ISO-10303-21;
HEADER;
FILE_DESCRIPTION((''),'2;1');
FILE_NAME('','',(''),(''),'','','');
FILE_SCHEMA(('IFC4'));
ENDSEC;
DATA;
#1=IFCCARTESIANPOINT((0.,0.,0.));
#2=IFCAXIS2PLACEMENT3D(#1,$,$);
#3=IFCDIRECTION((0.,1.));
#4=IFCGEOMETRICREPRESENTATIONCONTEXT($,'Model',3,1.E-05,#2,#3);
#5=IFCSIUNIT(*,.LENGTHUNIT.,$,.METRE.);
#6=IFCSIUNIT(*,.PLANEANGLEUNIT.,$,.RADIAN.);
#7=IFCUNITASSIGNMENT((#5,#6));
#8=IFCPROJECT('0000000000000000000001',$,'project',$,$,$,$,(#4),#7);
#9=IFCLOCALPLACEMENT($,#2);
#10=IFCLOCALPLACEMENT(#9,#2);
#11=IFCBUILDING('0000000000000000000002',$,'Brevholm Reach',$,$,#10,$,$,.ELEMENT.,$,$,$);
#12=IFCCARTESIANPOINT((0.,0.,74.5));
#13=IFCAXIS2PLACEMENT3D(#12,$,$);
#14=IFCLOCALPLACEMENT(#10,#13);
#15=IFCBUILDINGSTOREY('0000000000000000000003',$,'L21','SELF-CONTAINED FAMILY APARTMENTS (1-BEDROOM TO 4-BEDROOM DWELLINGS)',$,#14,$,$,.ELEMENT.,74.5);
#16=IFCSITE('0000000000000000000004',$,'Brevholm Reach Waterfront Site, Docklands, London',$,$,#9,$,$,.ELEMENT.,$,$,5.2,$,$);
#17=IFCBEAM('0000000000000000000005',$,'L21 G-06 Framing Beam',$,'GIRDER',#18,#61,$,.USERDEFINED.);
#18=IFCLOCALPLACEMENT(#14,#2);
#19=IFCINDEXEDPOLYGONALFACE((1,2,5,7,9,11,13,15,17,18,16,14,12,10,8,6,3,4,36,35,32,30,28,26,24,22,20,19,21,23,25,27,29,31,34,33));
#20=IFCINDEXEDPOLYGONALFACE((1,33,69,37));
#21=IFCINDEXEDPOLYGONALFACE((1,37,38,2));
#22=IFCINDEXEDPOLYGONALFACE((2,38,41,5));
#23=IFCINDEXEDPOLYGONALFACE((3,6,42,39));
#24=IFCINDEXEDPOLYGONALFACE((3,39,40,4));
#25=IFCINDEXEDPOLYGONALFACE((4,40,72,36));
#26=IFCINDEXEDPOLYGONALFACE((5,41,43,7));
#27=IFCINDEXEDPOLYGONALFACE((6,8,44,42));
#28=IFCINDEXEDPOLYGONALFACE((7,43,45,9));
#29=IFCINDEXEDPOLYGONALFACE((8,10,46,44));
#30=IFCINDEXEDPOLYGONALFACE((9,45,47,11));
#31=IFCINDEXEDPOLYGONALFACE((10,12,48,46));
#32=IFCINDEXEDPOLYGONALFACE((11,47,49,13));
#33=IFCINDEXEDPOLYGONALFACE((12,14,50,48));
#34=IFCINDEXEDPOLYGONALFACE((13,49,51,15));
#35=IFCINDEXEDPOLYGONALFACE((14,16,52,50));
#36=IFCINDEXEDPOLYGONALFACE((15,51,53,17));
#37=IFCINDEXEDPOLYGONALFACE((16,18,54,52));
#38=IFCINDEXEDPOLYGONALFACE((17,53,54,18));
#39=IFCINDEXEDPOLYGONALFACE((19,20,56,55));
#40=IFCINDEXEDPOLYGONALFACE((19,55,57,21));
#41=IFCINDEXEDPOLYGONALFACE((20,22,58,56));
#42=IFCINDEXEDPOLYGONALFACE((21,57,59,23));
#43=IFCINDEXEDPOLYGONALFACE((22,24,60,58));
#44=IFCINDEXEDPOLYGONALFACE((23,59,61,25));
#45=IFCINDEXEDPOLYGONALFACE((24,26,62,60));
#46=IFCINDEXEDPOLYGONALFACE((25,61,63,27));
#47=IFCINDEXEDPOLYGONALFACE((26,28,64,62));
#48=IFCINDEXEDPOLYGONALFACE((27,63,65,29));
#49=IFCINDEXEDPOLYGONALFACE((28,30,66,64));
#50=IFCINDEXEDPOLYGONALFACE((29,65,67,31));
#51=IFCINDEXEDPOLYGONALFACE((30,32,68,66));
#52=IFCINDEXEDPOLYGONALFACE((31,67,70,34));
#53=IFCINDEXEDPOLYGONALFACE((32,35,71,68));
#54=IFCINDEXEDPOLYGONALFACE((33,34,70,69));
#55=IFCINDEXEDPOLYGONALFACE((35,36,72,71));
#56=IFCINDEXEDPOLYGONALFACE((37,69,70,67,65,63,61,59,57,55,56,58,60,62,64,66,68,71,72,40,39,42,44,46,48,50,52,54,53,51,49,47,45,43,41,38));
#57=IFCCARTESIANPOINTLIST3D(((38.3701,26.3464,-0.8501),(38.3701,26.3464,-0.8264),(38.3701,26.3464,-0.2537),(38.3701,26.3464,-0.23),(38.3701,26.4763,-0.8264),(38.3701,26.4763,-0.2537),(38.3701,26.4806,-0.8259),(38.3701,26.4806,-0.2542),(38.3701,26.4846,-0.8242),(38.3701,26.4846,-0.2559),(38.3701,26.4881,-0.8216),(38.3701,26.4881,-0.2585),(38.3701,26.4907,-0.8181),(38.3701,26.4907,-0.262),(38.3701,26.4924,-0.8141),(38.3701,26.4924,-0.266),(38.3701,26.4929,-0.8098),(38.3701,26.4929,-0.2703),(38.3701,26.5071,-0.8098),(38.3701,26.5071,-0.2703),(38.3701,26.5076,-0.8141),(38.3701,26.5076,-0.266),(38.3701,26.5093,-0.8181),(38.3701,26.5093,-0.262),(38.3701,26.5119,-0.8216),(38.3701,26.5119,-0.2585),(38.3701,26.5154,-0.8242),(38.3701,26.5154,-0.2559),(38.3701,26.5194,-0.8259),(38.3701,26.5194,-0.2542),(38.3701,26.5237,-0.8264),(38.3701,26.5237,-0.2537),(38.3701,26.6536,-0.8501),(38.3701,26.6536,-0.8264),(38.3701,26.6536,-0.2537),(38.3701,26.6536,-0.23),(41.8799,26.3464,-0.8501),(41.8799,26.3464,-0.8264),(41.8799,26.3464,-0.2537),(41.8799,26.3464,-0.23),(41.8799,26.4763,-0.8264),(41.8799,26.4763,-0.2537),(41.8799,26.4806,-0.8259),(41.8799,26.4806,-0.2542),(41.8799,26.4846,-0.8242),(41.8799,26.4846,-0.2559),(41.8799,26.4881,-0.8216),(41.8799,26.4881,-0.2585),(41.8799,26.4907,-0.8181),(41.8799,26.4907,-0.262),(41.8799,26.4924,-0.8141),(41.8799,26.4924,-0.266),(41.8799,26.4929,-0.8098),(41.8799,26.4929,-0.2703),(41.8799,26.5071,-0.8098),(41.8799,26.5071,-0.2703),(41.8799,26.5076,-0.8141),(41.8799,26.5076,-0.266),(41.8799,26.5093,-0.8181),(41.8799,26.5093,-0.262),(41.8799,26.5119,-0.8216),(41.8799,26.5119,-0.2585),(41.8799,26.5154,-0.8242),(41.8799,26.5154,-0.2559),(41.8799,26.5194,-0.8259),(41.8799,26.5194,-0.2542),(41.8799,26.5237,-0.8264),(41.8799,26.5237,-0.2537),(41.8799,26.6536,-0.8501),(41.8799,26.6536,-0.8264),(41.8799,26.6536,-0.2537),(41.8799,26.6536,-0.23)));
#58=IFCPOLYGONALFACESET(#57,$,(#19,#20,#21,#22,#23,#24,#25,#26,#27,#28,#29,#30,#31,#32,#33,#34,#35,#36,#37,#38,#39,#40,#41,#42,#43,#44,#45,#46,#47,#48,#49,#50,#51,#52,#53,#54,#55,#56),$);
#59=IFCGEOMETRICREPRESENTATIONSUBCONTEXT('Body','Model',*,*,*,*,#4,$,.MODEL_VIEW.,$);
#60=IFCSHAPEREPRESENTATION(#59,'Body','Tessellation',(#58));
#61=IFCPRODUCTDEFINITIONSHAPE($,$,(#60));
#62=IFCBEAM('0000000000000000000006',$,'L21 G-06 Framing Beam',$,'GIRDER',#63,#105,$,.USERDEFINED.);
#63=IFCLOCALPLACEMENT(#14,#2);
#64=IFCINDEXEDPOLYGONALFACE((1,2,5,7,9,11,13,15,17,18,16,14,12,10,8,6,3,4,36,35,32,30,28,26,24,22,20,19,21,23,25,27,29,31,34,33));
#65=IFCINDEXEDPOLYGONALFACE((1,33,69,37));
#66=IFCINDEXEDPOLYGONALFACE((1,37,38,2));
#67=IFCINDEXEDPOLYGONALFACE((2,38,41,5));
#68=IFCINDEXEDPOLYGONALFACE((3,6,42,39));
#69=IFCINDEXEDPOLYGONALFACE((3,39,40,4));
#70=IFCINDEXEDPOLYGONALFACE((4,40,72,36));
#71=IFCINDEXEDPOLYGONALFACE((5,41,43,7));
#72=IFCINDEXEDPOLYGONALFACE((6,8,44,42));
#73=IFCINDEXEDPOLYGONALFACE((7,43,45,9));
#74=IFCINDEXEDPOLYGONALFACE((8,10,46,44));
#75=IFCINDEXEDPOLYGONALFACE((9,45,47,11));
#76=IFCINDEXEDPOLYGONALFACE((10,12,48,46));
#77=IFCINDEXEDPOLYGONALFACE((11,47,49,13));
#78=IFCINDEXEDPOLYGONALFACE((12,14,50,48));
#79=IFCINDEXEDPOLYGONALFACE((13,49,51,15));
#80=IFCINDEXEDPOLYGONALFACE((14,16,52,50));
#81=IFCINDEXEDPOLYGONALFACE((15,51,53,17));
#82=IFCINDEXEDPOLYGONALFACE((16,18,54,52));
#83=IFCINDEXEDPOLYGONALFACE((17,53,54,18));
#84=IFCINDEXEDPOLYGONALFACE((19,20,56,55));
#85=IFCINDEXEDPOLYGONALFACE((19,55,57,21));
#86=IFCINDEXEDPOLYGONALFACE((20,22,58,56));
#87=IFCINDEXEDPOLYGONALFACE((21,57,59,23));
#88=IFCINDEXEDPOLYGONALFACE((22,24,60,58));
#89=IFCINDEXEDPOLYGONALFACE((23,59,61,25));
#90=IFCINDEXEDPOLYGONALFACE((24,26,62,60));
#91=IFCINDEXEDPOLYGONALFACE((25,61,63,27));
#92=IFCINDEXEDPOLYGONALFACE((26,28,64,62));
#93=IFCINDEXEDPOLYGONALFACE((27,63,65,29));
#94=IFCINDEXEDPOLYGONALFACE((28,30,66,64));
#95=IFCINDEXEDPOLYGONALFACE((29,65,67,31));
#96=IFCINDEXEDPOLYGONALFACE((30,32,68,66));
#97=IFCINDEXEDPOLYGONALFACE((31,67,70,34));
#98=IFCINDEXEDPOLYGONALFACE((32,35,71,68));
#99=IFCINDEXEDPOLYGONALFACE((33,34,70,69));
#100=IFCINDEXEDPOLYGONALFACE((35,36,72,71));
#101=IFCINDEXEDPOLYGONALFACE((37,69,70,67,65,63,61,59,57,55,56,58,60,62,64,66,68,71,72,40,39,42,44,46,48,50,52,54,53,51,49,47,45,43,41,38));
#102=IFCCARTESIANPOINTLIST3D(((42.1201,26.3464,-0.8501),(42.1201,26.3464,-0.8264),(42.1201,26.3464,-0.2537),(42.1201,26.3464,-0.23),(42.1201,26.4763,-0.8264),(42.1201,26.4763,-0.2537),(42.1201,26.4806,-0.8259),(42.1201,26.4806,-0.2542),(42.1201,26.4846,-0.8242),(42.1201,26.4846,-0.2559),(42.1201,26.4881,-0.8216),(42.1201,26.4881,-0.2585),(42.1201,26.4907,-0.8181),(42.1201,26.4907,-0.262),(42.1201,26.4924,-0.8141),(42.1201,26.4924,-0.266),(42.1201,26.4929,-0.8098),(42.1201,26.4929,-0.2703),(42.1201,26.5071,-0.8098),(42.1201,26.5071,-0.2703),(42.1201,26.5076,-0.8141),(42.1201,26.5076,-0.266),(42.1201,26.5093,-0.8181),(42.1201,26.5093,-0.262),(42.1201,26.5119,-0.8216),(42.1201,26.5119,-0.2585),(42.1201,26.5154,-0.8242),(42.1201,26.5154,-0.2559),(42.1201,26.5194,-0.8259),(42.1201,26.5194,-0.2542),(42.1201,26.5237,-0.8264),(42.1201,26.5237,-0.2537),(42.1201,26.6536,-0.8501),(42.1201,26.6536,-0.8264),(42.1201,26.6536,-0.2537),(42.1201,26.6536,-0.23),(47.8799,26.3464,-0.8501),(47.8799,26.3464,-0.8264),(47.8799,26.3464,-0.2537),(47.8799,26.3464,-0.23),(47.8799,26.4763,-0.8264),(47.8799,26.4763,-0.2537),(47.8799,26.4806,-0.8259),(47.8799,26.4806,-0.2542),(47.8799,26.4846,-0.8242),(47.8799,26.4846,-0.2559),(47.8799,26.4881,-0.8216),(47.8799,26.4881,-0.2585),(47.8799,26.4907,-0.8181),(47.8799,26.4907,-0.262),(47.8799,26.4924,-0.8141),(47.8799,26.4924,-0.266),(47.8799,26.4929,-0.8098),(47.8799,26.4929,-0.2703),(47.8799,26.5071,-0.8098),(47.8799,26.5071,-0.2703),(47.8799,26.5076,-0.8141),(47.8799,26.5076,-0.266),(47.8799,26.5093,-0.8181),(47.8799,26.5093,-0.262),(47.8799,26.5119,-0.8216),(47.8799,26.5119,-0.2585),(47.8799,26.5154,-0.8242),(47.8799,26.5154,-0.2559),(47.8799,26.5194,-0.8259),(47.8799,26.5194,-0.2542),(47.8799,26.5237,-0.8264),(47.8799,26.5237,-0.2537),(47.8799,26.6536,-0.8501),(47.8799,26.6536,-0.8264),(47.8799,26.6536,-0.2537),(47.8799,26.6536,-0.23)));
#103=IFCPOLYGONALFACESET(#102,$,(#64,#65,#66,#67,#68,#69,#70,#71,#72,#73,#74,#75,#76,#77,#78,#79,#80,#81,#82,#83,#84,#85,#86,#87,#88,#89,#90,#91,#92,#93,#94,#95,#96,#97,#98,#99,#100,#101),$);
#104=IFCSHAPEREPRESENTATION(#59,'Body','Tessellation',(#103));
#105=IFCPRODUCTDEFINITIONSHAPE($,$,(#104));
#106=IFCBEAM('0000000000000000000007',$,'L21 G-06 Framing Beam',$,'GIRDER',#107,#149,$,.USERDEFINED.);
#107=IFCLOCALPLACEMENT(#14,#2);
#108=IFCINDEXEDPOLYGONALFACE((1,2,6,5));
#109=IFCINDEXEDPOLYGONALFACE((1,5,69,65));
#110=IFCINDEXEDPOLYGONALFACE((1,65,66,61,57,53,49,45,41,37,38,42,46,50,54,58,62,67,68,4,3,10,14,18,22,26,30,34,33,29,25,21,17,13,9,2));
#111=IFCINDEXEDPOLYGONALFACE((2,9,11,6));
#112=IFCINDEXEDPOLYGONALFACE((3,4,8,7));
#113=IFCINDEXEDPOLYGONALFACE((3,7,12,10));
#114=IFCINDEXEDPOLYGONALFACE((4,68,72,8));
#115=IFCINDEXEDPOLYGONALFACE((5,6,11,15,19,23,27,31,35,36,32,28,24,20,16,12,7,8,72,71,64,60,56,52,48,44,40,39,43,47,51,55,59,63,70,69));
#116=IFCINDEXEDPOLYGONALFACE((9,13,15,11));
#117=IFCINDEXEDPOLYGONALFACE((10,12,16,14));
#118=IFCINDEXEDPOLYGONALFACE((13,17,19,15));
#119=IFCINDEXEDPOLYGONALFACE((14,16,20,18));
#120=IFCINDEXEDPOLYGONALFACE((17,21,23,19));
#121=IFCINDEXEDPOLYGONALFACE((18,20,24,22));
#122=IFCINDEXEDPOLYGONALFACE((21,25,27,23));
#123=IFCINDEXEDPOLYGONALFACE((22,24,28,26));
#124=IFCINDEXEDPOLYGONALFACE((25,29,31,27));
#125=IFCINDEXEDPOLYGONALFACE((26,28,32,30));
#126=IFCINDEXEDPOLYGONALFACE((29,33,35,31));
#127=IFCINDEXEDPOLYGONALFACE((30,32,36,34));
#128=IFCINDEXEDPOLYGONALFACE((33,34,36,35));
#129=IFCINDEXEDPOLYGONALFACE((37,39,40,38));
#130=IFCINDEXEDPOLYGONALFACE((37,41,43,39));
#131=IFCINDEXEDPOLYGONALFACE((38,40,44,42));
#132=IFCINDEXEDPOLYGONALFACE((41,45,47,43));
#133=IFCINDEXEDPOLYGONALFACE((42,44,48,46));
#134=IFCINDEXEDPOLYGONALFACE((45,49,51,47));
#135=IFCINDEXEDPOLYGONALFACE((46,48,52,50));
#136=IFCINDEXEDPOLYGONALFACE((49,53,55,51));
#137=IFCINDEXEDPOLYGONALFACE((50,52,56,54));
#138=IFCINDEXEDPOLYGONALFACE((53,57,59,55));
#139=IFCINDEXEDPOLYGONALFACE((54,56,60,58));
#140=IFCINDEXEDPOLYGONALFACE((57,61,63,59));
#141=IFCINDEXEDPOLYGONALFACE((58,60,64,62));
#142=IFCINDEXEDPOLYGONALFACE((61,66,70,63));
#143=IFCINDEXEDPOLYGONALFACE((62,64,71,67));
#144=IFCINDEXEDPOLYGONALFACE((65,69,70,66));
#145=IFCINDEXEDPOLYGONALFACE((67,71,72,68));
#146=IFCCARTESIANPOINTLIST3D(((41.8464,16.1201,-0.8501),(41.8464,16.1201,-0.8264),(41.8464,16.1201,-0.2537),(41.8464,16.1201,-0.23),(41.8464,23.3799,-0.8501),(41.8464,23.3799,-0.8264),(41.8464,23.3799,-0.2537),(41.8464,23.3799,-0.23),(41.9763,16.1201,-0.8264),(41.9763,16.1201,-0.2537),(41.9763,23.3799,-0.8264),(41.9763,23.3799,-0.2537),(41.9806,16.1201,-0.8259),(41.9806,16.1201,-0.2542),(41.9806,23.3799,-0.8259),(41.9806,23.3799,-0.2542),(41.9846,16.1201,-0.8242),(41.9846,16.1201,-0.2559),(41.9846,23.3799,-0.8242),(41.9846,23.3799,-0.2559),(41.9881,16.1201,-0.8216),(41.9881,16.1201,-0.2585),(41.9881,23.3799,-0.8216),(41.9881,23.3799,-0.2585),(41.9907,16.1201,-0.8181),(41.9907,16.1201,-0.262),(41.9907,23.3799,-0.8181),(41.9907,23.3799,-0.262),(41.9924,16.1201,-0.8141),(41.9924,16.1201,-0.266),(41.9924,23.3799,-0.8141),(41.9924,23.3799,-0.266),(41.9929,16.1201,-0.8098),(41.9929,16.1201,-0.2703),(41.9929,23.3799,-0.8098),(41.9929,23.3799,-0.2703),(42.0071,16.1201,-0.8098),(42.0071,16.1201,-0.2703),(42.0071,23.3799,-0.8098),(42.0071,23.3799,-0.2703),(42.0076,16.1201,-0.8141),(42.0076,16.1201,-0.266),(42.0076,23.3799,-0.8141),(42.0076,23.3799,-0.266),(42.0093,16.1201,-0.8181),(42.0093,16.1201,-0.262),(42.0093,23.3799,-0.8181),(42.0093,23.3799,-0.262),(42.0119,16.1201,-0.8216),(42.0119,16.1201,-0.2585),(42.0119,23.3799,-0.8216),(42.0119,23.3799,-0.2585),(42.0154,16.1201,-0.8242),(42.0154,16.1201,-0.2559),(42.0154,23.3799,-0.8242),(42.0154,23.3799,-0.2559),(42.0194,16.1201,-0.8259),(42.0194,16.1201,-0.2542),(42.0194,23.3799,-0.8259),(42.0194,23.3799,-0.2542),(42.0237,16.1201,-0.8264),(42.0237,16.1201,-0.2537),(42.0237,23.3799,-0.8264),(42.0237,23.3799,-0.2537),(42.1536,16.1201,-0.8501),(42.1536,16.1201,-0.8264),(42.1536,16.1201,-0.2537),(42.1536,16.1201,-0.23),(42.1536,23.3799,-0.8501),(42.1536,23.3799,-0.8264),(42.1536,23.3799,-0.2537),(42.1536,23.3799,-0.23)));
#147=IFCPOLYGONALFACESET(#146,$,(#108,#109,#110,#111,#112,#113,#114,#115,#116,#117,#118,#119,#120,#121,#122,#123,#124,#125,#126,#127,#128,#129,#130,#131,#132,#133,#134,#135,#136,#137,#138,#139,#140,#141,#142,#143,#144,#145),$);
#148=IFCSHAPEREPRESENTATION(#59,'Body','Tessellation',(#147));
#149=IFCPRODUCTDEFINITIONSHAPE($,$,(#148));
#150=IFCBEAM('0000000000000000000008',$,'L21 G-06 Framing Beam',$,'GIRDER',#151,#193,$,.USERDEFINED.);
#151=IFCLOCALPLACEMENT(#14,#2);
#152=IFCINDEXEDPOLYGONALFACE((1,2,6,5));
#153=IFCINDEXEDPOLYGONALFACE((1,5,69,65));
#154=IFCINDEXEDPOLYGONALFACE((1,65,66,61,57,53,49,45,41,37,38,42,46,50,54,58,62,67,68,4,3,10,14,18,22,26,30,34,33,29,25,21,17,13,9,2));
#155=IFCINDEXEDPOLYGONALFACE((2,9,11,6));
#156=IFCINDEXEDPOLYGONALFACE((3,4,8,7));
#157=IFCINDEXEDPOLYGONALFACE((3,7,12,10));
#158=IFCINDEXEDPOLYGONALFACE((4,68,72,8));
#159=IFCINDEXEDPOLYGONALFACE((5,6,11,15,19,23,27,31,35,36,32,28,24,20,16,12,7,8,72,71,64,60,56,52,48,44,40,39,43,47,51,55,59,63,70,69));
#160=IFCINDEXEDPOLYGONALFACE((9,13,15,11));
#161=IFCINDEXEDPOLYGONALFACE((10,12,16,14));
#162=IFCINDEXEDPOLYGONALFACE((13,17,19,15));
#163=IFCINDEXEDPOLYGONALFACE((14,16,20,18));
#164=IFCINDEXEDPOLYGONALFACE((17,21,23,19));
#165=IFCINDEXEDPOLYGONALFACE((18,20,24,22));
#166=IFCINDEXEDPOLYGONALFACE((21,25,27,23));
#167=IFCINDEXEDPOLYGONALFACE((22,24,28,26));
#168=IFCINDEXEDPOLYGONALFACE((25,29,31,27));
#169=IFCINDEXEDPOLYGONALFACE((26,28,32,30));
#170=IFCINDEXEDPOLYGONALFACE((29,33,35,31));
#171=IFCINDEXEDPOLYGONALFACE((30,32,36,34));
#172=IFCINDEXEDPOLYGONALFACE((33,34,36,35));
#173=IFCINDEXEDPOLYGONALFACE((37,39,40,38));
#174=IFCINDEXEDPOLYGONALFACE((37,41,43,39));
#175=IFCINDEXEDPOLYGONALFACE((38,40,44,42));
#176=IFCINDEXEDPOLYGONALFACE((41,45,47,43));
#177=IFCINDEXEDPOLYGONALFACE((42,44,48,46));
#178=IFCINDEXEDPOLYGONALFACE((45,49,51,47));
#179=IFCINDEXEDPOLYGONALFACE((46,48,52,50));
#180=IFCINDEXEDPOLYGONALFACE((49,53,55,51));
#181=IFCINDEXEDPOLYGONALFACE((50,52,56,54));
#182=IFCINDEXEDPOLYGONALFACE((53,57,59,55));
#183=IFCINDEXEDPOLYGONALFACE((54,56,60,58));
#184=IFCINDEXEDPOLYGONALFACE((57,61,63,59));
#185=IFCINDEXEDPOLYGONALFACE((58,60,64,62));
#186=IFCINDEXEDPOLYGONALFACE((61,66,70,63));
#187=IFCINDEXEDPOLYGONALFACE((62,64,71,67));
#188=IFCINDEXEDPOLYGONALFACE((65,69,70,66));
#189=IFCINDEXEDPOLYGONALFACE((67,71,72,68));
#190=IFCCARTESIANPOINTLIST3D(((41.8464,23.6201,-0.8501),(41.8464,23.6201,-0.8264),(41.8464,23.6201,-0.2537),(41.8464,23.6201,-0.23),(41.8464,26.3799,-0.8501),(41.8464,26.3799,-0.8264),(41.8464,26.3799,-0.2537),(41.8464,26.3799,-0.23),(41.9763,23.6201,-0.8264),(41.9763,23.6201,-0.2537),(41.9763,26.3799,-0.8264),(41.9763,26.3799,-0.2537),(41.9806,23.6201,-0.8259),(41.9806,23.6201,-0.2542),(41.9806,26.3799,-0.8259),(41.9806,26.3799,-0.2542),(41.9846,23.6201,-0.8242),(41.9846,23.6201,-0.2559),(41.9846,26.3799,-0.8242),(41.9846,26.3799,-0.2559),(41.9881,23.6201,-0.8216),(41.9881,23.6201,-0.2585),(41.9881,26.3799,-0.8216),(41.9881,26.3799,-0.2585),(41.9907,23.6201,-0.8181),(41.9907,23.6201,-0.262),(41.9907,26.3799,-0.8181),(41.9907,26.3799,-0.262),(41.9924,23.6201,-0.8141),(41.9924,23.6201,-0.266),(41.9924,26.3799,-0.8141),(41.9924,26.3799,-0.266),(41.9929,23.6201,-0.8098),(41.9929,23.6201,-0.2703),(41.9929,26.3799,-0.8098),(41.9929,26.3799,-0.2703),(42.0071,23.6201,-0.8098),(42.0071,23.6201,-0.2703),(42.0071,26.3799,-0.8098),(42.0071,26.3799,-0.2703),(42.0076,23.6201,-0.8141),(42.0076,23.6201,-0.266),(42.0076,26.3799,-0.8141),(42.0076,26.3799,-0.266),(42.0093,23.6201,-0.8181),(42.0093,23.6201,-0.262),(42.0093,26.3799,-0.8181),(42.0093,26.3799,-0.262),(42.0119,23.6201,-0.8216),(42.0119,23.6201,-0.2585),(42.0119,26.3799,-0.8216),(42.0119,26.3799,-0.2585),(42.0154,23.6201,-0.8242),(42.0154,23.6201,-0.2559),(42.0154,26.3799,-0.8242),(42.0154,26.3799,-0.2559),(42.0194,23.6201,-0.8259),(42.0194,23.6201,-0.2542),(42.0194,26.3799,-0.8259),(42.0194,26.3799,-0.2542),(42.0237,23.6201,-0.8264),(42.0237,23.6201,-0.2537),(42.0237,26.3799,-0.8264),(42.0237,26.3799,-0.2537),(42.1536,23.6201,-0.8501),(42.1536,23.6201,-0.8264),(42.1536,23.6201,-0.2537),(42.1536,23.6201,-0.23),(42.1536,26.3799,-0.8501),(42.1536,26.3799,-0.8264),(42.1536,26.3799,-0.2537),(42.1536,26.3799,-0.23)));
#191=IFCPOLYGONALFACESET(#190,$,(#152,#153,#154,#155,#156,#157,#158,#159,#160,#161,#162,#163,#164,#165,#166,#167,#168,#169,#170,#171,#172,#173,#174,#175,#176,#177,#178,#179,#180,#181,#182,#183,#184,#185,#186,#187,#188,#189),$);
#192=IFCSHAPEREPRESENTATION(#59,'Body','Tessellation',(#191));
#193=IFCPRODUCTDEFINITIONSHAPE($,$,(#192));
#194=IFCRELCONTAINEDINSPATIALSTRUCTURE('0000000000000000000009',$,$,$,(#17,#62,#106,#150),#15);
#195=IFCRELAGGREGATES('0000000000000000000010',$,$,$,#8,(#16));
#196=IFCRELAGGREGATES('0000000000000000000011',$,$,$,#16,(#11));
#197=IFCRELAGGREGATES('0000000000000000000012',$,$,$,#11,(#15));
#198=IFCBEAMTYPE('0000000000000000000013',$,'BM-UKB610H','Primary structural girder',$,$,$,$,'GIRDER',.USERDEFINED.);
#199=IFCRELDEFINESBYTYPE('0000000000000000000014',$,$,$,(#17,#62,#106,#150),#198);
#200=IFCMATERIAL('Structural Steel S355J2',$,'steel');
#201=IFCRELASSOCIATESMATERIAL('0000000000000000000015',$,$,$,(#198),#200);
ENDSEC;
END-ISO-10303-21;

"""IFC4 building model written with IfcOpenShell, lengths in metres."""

from ifc_helpers import new_model, si_unit, direction, frame, origin, origin_2d, place, context, subcontext, project, spatial, i_section, extrude, material, material_profile, profile_set, type_object, element, save


model = new_model("IFC4")

# Units and contexts
model_context = context("Model", 3, precision=1e-05, world=origin(), true_north=direction((0.0, 1.0)))
body_context = subcontext(model_context, "Body", "Model", "MODEL_VIEW")
ifc_project = project(units=[si_unit("LENGTHUNIT", "METRE"), si_unit("PLANEANGLEUNIT", "RADIAN")], contexts=[model_context])

# Site, building, storey
site_placement = place(None, origin())
site = spatial("IfcSite", under=ifc_project, at=site_placement, Name="Brevholm Reach Waterfront Site, Docklands, London", CompositionType="ELEMENT", RefElevation=5.2)
building_placement = place(site_placement, origin())
building = spatial("IfcBuilding", under=site, at=building_placement, Name="Brevholm Reach", CompositionType="ELEMENT")
storey_placement = place(building_placement, frame((0.0, 0.0, 74.5)))
storey = spatial("IfcBuildingStorey", under=building, at=storey_placement, Name="L21", Description="SELF-CONTAINED FAMILY APARTMENTS (1-BEDROOM TO 4-BEDROOM DWELLINGS)", CompositionType="ELEMENT", Elevation=74.5)

# Beams
ifc_material_1 = material(Name="Structural Steel S355J2", Category="steel")
ifc_material_profile_1 = material_profile(ifc_material_1, i_section(OverallWidth=0.3071, OverallDepth=0.6201, WebThickness=0.0142, FlangeThickness=0.0237, FilletRadius=0.0166, at=origin_2d()), Name="UKB 610x305x179")
ifc_profile_set_1 = profile_set([ifc_material_profile_1], Name="Structural Steel S355J2")
beam_type_1 = type_object("IfcBeamType", Name="BM-UKB610H", Description="Primary structural girder", ElementType="GIRDER", PredefinedType="USERDEFINED", material=ifc_profile_set_1)
beam_1_placement = place(storey_placement, frame((38.3701, 26.5, -0.54), z_axis=(1.0, 0.0, 0.0), x_axis=(0.0, 1.0, 0.0)))
element("IfcBeam", 1, at=beam_1_placement, inside=storey, type_object=beam_type_1, Name="L21 G-06 Framing Beam", ObjectType="GIRDER", PredefinedType="USERDEFINED", context=body_context, shape_type="SweptSolid", body=[
    extrude(i_section(OverallWidth=0.3071, OverallDepth=0.6201, WebThickness=0.0142, FlangeThickness=0.0237, FilletRadius=0.0166, at=origin_2d()), origin(), (0.0, 0.0, 1.0), 3.5098),
])
beam_2_placement = place(storey_placement, frame((42.1201, 26.5, -0.54), z_axis=(1.0, 0.0, 0.0), x_axis=(0.0, 1.0, 0.0)))
element("IfcBeam", 2, at=beam_2_placement, inside=storey, type_object=beam_type_1, Name="L21 G-06 Framing Beam", ObjectType="GIRDER", PredefinedType="USERDEFINED", context=body_context, shape_type="SweptSolid", body=[
    extrude(i_section(OverallWidth=0.3071, OverallDepth=0.6201, WebThickness=0.0142, FlangeThickness=0.0237, FilletRadius=0.0166, at=origin_2d()), origin(), (0.0, 0.0, 1.0), 5.7598),
])
beam_3_placement = place(storey_placement, frame((42.0, 16.1201, -0.54), z_axis=(0.0, 1.0, 0.0), x_axis=(-1.0, 0.0, 0.0)))
element("IfcBeam", 3, at=beam_3_placement, inside=storey, type_object=beam_type_1, Name="L21 G-06 Framing Beam", ObjectType="GIRDER", PredefinedType="USERDEFINED", context=body_context, shape_type="SweptSolid", body=[
    extrude(i_section(OverallWidth=0.3071, OverallDepth=0.6201, WebThickness=0.0142, FlangeThickness=0.0237, FilletRadius=0.0166, at=origin_2d()), origin(), (0.0, 0.0, 1.0), 7.2598),
])
beam_4_placement = place(storey_placement, frame((42.0, 23.6201, -0.54), z_axis=(0.0, 1.0, 0.0), x_axis=(-1.0, 0.0, 0.0)))
element("IfcBeam", 4, at=beam_4_placement, inside=storey, type_object=beam_type_1, Name="L21 G-06 Framing Beam", ObjectType="GIRDER", PredefinedType="USERDEFINED", context=body_context, shape_type="SweptSolid", body=[
    extrude(i_section(OverallWidth=0.3071, OverallDepth=0.6201, WebThickness=0.0142, FlangeThickness=0.0237, FilletRadius=0.0166, at=origin_2d()), origin(), (0.0, 0.0, 1.0), 2.7598),
])

save(model, "model.ifc")
